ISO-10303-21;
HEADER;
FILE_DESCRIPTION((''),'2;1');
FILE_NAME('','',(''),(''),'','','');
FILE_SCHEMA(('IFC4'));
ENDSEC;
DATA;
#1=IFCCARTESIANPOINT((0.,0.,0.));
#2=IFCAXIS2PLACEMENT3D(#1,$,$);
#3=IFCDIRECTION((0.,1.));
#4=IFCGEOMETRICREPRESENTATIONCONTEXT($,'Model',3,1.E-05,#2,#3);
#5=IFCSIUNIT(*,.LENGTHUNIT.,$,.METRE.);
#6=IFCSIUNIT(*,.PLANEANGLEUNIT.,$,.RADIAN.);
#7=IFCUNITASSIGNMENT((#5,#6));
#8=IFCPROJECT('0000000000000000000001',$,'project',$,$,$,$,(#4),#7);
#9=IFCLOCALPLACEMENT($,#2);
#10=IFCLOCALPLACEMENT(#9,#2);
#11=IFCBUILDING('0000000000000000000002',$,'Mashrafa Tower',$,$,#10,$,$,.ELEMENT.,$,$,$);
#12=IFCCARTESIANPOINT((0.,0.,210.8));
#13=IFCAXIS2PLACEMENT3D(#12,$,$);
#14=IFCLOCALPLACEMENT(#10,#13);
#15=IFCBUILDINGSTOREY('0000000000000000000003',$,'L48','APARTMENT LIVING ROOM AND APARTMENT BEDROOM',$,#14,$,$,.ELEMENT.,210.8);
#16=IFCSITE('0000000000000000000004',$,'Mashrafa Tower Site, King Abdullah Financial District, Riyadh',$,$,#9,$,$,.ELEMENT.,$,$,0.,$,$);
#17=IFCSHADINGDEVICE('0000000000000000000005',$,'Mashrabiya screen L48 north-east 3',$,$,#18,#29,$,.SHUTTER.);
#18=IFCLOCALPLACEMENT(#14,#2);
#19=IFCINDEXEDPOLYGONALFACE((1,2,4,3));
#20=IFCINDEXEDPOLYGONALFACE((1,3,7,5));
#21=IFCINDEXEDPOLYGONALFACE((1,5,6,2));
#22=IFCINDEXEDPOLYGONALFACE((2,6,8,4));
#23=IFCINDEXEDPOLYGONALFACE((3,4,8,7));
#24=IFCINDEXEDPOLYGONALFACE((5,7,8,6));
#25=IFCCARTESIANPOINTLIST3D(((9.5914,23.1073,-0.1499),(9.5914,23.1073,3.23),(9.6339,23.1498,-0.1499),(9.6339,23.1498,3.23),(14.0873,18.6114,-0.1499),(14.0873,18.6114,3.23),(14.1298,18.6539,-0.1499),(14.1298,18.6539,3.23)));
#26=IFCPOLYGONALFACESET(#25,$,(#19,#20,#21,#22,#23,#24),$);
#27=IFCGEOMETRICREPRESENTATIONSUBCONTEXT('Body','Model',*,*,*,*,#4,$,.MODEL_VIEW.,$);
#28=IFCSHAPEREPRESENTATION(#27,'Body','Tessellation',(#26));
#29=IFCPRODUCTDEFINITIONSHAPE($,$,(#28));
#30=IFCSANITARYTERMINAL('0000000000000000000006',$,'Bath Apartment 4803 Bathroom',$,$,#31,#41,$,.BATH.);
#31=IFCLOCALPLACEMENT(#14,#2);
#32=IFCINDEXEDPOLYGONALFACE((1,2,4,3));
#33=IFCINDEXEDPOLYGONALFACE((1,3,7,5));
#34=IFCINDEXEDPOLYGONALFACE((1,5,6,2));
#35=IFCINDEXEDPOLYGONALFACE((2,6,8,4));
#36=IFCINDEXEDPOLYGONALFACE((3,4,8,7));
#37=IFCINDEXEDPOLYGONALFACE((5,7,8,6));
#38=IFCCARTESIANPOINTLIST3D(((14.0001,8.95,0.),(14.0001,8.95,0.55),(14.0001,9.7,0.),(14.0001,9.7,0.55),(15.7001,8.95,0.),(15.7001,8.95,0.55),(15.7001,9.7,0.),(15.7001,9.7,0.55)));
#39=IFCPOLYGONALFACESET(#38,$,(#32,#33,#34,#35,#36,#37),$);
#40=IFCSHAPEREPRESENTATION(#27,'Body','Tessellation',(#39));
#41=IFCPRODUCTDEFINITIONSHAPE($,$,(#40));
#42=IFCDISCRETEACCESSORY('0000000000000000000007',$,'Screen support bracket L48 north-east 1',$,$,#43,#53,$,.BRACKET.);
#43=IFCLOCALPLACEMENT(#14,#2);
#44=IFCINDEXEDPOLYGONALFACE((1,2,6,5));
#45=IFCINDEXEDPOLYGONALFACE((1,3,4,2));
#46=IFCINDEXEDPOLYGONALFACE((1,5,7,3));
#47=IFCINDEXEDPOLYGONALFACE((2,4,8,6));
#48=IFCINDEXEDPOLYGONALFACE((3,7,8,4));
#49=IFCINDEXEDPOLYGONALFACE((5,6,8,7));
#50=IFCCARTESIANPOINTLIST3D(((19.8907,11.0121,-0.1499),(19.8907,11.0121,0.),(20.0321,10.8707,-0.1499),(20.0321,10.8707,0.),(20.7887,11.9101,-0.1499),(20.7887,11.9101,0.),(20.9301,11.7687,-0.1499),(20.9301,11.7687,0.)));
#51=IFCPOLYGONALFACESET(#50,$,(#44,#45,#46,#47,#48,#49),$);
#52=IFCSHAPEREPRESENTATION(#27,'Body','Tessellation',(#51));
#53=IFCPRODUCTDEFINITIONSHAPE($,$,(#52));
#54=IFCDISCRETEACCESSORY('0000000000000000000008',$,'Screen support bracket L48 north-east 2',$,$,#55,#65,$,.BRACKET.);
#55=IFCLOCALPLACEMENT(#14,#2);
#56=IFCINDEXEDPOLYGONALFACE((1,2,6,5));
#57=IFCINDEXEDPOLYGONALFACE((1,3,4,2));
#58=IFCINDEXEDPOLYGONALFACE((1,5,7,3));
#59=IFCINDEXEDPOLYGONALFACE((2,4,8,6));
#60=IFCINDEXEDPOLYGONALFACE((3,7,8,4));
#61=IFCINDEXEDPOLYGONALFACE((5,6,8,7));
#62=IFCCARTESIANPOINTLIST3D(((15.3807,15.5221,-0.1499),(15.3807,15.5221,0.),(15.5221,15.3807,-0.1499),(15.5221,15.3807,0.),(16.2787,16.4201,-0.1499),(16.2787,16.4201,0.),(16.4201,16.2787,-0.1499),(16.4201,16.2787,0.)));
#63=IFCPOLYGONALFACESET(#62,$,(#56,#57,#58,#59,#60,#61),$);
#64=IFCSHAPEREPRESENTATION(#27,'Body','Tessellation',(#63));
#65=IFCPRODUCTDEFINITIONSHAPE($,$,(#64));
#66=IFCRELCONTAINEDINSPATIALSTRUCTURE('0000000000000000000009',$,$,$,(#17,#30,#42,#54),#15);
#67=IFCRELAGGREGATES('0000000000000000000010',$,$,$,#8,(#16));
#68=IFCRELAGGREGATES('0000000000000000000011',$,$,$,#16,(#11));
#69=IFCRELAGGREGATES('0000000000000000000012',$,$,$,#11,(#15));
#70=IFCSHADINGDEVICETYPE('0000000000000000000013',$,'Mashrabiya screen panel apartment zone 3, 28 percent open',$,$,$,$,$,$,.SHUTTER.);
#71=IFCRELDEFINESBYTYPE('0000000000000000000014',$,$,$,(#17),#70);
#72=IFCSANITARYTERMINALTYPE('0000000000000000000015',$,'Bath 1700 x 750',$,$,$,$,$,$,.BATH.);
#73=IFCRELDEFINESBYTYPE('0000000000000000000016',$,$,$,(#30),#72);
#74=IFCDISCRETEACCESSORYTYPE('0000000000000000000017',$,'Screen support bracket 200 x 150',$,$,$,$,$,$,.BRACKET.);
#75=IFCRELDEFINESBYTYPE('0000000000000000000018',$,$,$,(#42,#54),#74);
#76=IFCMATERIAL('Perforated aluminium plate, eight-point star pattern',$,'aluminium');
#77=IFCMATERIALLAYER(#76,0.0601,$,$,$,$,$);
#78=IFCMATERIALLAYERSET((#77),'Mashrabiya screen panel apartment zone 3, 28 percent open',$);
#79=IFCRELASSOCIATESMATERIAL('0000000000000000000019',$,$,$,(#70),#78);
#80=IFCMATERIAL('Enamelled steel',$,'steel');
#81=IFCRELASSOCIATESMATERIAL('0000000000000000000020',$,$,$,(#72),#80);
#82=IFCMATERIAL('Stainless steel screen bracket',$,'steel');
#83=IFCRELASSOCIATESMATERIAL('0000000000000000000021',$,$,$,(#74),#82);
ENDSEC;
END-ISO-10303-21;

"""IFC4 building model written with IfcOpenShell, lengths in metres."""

from ifc_helpers import new_model, si_unit, direction, frame, origin, origin_2d, place, context, subcontext, project, spatial, rectangle, extrude, source, transform, mapped, material, layer, layer_set, type_object, type_shapes, element, save


model = new_model("IFC4")

# Units and contexts
model_context = context("Model", 3, precision=1e-05, world=origin(), true_north=direction((0.0, 1.0)))
body_context = subcontext(model_context, "Body", "Model", "MODEL_VIEW")
ifc_project = project(units=[si_unit("LENGTHUNIT", "METRE"), si_unit("PLANEANGLEUNIT", "RADIAN")], contexts=[model_context])

# Site, building, storey
site_placement = place(None, origin())
site = spatial("IfcSite", under=ifc_project, at=site_placement, Name="Mashrafa Tower Site, King Abdullah Financial District, Riyadh", CompositionType="ELEMENT", RefElevation=0.0)
building_placement = place(site_placement, origin())
building = spatial("IfcBuilding", under=site, at=building_placement, Name="Mashrafa Tower", CompositionType="ELEMENT")
storey_placement = place(building_placement, frame((0.0, 0.0, 210.8)))
storey = spatial("IfcBuildingStorey", under=building, at=storey_placement, Name="L48", Description="APARTMENT LIVING ROOM AND APARTMENT BEDROOM", CompositionType="ELEMENT", Elevation=210.8)

# Shading device
ifc_material_1 = material(Name="Perforated aluminium plate, eight-point star pattern", Category="aluminium")
ifc_layer_1 = layer(ifc_material_1, 0.0601)
ifc_layer_set_1 = layer_set([ifc_layer_1], Name="Mashrabiya screen panel apartment zone 3, 28 percent open")
shading_device_type = type_object("IfcShadingDeviceType", Name="Mashrabiya screen panel apartment zone 3, 28 percent open", PredefinedType="SHUTTER", material=ifc_layer_set_1)
shared_shape_1 = source(origin(), body_context, "Body", "SweptSolid", [
    extrude(rectangle(XDim=6.3582, YDim=0.0601, at=origin_2d()), origin(), (0.0, 0.0, 1.0), 3.3799),
])
type_shapes(shading_device_type, [shared_shape_1])
for number, where, z_axis, x_axis, name in (
    (1, (11.8606, 20.8806, -0.1499), (0.0, 0.0, 1.0), (-0.707107, 0.707107, 0.0), "Mashrabiya screen L48 north-east 3"),
):
    element("IfcShadingDevice", number, at=place(storey_placement, frame(where, z_axis=z_axis, x_axis=x_axis)), inside=storey, type_object=shading_device_type, Name=name, PredefinedType="SHUTTER", context=body_context, shape_type="MappedRepresentation", body=[
        mapped(shared_shape_1, transform((0.0, 0.0, 0.0))),
    ])

# Sanitary terminal
ifc_material_2 = material(Name="Enamelled steel", Category="steel")
sanitary_terminal_type = type_object("IfcSanitaryTerminalType", Name="Bath 1700 x 750", PredefinedType="BATH", material=ifc_material_2)
sanitary_terminal_placement = place(storey_placement, frame((14.8501, 9.325, 0.0), z_axis=(0.0, 0.0, 1.0), x_axis=(-1.0, 0.0, 0.0)))
element("IfcSanitaryTerminal", 2, at=sanitary_terminal_placement, inside=storey, type_object=sanitary_terminal_type, Name="Bath Apartment 4803 Bathroom", PredefinedType="BATH", context=body_context, shape_type="SweptSolid", body=[
    extrude(rectangle(XDim=1.7, YDim=0.75, at=origin_2d()), origin(), (0.0, 0.0, 1.0), 0.55),
])

# Discrete accessories
ifc_material_3 = material(Name="Stainless steel screen bracket", Category="steel")
discrete_accessory_type = type_object("IfcDiscreteAccessoryType", Name="Screen support bracket 200 x 150", PredefinedType="BRACKET", material=ifc_material_3)
shared_shape_2 = source(origin(), body_context, "Body", "SweptSolid", [
    extrude(rectangle(XDim=0.2, YDim=1.27, at=origin_2d()), origin(), (0.0, 0.0, 1.0), 0.1499),
])
type_shapes(discrete_accessory_type, [shared_shape_2])
for number, where, z_axis, x_axis, name in (
    (3, (20.4104, 11.3904, -0.1499), (0.0, 0.0, 1.0), (-0.707107, 0.707107, 0.0), "Screen support bracket L48 north-east 1"),
    (4, (15.9004, 15.9004, -0.1499), (0.0, 0.0, 1.0), (-0.707107, 0.707107, 0.0), "Screen support bracket L48 north-east 2"),
):
    element("IfcDiscreteAccessory", number, at=place(storey_placement, frame(where, z_axis=z_axis, x_axis=x_axis)), inside=storey, type_object=discrete_accessory_type, Name=name, PredefinedType="BRACKET", context=body_context, shape_type="MappedRepresentation", body=[
        mapped(shared_shape_2, transform((0.0, 0.0, 0.0))),
    ])

save(model, "model.ifc")
